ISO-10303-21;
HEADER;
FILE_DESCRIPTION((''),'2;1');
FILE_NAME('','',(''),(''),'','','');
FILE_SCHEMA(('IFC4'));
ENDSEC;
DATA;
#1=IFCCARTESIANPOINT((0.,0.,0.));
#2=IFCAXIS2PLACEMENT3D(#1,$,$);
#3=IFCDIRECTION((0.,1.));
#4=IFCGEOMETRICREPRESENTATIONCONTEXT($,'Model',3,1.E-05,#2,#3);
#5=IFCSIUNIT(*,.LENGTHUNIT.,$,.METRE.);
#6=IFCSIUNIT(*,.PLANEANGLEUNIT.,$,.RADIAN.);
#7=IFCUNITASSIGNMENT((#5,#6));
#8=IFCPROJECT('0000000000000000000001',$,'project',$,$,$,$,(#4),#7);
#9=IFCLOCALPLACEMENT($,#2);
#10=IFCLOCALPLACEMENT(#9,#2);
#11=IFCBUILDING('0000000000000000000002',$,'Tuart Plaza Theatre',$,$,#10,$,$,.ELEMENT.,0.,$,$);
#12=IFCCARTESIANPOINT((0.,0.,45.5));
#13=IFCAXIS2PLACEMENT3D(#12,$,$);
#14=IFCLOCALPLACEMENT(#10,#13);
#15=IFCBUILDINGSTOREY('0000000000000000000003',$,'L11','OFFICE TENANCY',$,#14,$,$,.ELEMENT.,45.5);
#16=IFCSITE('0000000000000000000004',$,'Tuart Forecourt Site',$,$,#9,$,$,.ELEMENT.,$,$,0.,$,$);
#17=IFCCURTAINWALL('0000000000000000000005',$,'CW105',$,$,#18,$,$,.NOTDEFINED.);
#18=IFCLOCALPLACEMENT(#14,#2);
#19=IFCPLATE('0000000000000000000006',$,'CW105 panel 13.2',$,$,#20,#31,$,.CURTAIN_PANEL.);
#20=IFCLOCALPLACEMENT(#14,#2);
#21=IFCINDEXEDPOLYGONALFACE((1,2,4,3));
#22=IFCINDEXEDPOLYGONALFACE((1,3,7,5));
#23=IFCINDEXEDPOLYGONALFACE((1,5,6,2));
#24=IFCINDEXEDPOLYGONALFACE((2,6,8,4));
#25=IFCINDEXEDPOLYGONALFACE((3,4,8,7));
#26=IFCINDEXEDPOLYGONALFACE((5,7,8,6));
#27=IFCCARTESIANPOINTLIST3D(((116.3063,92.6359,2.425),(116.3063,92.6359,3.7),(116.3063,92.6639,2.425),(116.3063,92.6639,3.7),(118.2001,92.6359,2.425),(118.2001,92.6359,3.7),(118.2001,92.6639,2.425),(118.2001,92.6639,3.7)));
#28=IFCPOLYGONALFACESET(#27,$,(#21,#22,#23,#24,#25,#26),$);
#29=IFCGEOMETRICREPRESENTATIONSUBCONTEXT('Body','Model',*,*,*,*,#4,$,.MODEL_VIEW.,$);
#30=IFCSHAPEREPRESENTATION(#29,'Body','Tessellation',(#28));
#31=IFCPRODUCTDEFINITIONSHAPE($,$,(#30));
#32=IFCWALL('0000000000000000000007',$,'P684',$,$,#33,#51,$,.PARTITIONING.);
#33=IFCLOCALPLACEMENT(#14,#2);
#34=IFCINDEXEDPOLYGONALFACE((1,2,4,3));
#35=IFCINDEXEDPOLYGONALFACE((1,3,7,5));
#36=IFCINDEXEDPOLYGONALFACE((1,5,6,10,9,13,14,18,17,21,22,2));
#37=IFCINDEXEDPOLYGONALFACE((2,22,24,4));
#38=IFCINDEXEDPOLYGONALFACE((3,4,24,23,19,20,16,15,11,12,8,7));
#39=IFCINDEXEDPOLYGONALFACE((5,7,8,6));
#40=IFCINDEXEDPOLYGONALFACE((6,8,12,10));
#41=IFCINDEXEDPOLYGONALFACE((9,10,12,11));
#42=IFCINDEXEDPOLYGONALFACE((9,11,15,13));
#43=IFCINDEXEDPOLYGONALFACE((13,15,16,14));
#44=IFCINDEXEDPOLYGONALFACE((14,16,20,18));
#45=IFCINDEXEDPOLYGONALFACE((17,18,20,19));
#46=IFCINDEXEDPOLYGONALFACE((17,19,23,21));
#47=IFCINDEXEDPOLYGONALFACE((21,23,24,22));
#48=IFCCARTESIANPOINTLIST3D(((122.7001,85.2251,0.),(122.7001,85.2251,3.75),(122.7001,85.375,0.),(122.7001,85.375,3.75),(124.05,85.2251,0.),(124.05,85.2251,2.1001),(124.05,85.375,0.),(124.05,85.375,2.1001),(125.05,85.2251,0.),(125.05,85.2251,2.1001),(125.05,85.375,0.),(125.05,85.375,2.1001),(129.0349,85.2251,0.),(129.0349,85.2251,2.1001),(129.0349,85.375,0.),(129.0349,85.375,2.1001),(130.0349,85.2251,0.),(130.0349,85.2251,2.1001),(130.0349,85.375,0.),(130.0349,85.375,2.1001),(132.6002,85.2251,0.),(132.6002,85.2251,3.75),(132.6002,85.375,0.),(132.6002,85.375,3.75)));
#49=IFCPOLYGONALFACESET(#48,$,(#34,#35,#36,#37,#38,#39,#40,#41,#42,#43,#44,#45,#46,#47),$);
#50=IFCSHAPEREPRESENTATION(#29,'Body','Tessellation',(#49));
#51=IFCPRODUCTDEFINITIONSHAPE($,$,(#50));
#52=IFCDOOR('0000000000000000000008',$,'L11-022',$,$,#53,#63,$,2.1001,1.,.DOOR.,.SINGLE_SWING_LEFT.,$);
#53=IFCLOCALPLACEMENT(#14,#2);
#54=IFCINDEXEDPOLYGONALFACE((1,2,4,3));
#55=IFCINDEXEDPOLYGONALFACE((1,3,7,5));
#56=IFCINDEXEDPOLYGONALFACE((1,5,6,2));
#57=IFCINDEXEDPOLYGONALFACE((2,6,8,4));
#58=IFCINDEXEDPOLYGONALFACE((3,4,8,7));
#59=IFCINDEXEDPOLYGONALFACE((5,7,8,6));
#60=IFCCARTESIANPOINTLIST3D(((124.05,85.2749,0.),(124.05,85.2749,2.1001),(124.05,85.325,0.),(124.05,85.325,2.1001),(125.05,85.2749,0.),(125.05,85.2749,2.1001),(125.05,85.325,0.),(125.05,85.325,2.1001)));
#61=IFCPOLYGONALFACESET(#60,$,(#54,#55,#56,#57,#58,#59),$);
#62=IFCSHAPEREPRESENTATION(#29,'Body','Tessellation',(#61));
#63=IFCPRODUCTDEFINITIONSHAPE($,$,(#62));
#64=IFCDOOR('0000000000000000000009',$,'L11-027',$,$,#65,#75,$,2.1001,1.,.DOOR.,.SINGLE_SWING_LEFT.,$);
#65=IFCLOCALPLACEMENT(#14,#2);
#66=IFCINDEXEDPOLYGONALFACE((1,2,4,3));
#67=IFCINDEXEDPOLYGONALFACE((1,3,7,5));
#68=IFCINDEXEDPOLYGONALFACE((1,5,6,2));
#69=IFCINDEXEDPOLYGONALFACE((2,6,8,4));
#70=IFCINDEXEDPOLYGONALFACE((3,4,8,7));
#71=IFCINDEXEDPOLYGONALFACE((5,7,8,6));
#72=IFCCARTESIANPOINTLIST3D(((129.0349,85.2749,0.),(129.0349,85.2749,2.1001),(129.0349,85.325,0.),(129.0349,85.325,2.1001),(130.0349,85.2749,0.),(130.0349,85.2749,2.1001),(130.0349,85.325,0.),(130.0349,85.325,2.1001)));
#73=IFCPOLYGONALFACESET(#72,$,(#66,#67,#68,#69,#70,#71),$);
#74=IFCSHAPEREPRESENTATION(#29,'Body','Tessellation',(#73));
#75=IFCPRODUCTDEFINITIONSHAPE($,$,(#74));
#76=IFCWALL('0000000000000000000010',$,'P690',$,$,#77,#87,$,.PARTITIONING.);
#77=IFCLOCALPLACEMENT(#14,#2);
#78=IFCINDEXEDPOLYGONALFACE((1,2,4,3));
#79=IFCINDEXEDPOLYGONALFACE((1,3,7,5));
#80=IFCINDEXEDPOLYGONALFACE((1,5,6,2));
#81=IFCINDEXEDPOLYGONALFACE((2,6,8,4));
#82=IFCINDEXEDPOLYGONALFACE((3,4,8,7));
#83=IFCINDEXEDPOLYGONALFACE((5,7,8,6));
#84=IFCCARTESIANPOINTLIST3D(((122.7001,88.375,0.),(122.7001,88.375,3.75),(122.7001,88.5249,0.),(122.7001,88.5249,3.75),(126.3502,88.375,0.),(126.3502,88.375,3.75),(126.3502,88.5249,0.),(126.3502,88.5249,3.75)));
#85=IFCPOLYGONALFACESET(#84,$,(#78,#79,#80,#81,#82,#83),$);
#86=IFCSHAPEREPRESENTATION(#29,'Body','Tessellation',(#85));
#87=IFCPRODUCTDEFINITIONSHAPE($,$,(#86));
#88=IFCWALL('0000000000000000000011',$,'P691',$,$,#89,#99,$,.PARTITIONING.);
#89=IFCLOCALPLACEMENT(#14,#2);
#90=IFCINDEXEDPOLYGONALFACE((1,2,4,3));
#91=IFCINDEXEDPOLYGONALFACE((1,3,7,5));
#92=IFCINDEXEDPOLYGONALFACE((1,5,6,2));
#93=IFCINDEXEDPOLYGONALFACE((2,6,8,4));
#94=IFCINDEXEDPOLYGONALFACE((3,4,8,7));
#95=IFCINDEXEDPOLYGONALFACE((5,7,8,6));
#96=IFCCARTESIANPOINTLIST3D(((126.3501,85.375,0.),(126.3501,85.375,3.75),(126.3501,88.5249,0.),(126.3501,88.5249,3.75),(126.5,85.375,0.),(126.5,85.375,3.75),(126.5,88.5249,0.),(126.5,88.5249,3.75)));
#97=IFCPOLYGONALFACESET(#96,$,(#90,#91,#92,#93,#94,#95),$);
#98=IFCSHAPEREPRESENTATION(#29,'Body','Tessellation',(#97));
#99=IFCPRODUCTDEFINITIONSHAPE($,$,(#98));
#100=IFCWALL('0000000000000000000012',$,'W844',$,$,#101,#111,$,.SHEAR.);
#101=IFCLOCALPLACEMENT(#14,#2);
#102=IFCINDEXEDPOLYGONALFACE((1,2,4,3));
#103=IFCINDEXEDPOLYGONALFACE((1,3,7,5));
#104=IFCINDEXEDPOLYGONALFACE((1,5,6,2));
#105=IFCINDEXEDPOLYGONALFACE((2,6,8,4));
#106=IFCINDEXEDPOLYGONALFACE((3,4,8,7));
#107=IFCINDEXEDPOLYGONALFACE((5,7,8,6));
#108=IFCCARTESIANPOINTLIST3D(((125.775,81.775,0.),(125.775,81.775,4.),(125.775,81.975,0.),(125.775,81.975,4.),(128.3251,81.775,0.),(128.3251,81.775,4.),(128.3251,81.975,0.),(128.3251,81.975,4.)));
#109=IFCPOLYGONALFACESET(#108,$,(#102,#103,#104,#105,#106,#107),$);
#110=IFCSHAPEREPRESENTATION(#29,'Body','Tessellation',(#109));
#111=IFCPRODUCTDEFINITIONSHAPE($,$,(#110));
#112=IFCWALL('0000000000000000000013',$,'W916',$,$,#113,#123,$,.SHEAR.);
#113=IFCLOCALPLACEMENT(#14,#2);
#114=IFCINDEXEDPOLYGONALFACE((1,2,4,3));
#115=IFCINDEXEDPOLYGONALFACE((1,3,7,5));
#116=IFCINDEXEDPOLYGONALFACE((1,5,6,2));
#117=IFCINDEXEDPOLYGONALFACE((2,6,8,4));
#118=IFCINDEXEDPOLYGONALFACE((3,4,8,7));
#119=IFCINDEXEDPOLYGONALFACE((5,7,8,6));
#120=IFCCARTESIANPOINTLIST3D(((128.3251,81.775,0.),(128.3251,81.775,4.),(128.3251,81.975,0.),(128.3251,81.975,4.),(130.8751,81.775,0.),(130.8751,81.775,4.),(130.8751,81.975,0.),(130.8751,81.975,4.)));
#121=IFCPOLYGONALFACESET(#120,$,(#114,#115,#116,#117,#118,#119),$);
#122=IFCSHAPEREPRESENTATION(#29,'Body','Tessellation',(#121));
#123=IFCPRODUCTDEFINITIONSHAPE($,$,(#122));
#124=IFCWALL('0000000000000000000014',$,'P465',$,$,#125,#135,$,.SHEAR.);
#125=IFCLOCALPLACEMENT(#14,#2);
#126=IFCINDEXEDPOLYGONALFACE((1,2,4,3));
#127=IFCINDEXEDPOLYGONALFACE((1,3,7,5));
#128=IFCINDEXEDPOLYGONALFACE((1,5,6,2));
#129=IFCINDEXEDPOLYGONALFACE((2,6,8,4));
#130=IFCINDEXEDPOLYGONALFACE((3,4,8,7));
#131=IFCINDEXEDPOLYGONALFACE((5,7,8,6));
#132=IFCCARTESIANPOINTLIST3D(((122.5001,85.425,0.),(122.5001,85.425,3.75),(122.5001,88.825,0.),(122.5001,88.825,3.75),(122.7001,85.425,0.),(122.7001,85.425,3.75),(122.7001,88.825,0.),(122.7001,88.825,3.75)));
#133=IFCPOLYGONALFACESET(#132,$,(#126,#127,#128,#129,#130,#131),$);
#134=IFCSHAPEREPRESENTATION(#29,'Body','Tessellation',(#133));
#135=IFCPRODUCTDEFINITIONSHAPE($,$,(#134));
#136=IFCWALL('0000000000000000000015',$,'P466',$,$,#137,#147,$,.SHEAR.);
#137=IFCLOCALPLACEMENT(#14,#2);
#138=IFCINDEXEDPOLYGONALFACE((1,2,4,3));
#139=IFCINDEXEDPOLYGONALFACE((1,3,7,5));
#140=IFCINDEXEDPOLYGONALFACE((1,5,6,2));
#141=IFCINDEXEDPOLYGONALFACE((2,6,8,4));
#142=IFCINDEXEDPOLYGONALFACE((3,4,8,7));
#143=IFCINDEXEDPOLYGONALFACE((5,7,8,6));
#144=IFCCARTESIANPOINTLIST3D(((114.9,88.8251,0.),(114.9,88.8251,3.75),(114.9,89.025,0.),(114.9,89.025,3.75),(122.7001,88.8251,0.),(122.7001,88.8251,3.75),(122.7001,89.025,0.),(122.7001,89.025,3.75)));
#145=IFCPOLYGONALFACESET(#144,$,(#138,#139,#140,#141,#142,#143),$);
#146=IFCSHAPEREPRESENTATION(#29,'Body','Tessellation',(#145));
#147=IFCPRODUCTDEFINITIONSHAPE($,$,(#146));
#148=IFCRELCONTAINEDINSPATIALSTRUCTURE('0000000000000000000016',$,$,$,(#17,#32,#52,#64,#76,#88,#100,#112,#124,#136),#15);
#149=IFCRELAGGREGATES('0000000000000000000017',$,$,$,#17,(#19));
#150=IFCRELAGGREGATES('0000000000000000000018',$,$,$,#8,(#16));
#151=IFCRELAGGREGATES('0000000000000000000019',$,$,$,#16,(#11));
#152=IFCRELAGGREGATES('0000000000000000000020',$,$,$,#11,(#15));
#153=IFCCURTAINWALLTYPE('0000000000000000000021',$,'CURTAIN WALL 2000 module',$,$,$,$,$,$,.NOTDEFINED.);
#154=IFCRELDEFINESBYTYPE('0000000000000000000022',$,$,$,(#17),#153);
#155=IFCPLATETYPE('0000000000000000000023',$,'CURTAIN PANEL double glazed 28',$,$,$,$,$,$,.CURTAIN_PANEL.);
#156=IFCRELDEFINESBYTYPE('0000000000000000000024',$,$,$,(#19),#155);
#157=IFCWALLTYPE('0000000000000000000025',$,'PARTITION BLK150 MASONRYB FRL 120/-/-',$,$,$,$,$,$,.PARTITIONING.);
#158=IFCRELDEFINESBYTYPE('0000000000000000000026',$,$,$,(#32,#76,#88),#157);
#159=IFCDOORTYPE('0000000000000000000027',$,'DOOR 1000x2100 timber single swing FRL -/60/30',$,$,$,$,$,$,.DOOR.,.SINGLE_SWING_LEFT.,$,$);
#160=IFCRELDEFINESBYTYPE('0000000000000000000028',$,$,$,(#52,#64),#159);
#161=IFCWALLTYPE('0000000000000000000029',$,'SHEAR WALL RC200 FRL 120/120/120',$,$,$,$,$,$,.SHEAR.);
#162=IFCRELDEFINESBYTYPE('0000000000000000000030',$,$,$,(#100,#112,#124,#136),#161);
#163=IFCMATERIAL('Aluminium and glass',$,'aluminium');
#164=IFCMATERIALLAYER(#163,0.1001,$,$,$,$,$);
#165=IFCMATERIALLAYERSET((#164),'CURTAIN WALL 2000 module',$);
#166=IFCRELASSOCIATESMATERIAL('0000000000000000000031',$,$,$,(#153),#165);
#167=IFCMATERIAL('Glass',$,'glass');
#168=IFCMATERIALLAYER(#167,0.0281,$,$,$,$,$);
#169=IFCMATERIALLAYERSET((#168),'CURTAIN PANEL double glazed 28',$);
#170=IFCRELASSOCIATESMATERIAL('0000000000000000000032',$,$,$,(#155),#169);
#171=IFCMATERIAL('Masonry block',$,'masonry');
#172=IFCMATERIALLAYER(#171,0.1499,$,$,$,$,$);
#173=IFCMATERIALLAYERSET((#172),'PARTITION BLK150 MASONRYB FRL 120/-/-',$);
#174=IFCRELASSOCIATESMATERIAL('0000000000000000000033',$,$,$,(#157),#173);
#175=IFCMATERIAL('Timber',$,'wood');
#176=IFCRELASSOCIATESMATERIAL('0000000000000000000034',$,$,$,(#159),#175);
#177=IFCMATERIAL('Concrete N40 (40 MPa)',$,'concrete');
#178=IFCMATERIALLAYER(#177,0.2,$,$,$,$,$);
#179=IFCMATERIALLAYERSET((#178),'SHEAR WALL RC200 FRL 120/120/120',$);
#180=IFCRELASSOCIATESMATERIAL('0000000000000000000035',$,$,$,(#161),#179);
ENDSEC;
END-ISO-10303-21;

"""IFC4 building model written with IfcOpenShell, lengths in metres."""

from ifc_helpers import new_model, si_unit, direction, frame, frame_2d, origin, origin_2d, place, context, subcontext, project, spatial, rectangle, extrude, material, layer, layer_set, type_object, element, fill, aggregate, save


model = new_model("IFC4")

# Units and contexts
model_context = context("Model", 3, precision=1e-05, world=origin(), true_north=direction((0.0, 1.0)))
body_context = subcontext(model_context, "Body", "Model", "MODEL_VIEW")
ifc_project = project(units=[si_unit("LENGTHUNIT", "METRE"), si_unit("PLANEANGLEUNIT", "RADIAN")], contexts=[model_context])

# Site, building, storey
site_placement = place(None, origin())
site = spatial("IfcSite", under=ifc_project, at=site_placement, Name="Tuart Forecourt Site", CompositionType="ELEMENT", RefElevation=0.0)
building_placement = place(site_placement, origin())
building = spatial("IfcBuilding", under=site, at=building_placement, Name="Tuart Plaza Theatre", CompositionType="ELEMENT", ElevationOfRefHeight=0.0)
storey_placement = place(building_placement, frame((0.0, 0.0, 45.5)))
storey = spatial("IfcBuildingStorey", under=building, at=storey_placement, Name="L11", Description="OFFICE TENANCY", CompositionType="ELEMENT", Elevation=45.5)

# Curtain wall, plate
ifc_material_1 = material(Name="Aluminium and glass", Category="aluminium")
ifc_layer_1 = layer(ifc_material_1, 0.1001)
ifc_layer_set_1 = layer_set([ifc_layer_1], Name="CURTAIN WALL 2000 module")
curtain_wall_type = type_object("IfcCurtainWallType", Name="CURTAIN WALL 2000 module", PredefinedType="NOTDEFINED", material=ifc_layer_set_1)
curtain_wall_placement = place(storey_placement, origin())
curtain_wall = element("IfcCurtainWall", 1, at=curtain_wall_placement, inside=storey, type_object=curtain_wall_type, Name="CW105", PredefinedType="NOTDEFINED")
ifc_material_2 = material(Name="Glass", Category="glass")
ifc_layer_2 = layer(ifc_material_2, 0.0281)
ifc_layer_set_2 = layer_set([ifc_layer_2], Name="CURTAIN PANEL double glazed 28")
plate_type = type_object("IfcPlateType", Name="CURTAIN PANEL double glazed 28", PredefinedType="CURTAIN_PANEL", material=ifc_layer_set_2)
plate_placement = place(storey_placement, frame((117.2532, 92.6499, 2.425), z_axis=(0.0, 0.0, 1.0), x_axis=(-1.0, 0.0, 0.0)))
plate = element("IfcPlate", 2, at=plate_placement, type_object=plate_type, Name="CW105 panel 13.2", PredefinedType="CURTAIN_PANEL", context=body_context, shape_type="SweptSolid", body=[
    extrude(rectangle(XDim=1.8938, YDim=0.0281, at=origin_2d()), origin(), (0.0, 0.0, 1.0), 1.2749),
])
aggregate(curtain_wall, [plate])

# Wall, openings, doors
ifc_material_3 = material(Name="Masonry block", Category="masonry")
ifc_layer_3 = layer(ifc_material_3, 0.1499)
ifc_layer_set_3 = layer_set([ifc_layer_3], Name="PARTITION BLK150 MASONRYB FRL 120/-/-")
wall_type_1 = type_object("IfcWallType", Name="PARTITION BLK150 MASONRYB FRL 120/-/-", PredefinedType="PARTITIONING", material=ifc_layer_set_3)
wall_1_placement = place(storey_placement, frame((122.7, 85.3, 0.0), z_axis=(0.0, 0.0, 1.0), x_axis=(1.0, 0.0, 0.0)))
wall_1 = element("IfcWall", 3, at=wall_1_placement, inside=storey, type_object=wall_type_1, Name="P684", PredefinedType="PARTITIONING", context=body_context, shape_type="SweptSolid", body=[
    extrude(rectangle(XDim=9.9001, YDim=0.1499, at=frame_2d((4.9502, 0.0))), origin(), (0.0, 0.0, 1.0), 3.75),
])
opening_1_placement = place(wall_1_placement, frame((1.3501, 0.0, 0.0)))
opening_1 = element("IfcOpeningElement", 4, at=opening_1_placement, cuts=wall_1, PredefinedType="OPENING", context=body_context, shape_type="SweptSolid", body=[
    extrude(rectangle(XDim=1.0, YDim=2.1001, at=frame_2d((0.5, 1.05))), frame((0.0, 0.085, 0.0), z_axis=(0.0, -1.0, 0.0), x_axis=(1.0, 0.0, 0.0)), (0.0, 0.0, 1.0), 0.1699),
])
opening_2_placement = place(wall_1_placement, frame((6.335, 0.0, 0.0)))
opening_2 = element("IfcOpeningElement", 5, at=opening_2_placement, cuts=wall_1, PredefinedType="OPENING", context=body_context, shape_type="SweptSolid", body=[
    extrude(rectangle(XDim=1.0, YDim=2.1001, at=frame_2d((0.5, 1.05))), frame((0.0, 0.085, 0.0), z_axis=(0.0, -1.0, 0.0), x_axis=(1.0, 0.0, 0.0)), (0.0, 0.0, 1.0), 0.1699),
])
ifc_material_4 = material(Name="Timber", Category="wood")
door_type_1 = type_object("IfcDoorType", Name="DOOR 1000x2100 timber single swing FRL -/60/30", OperationType="SINGLE_SWING_LEFT", PredefinedType="DOOR", material=ifc_material_4)
door_1_placement = place(opening_1_placement, origin())
door_1 = element("IfcDoor", 6, at=door_1_placement, inside=storey, type_object=door_type_1, Name="L11-022", OperationType="SINGLE_SWING_LEFT", OverallHeight=2.1001, OverallWidth=1.0, PredefinedType="DOOR", context=body_context, shape_type="SweptSolid", body=[
    extrude(rectangle(XDim=1.0, YDim=2.1001, at=frame_2d((0.5, 1.05))), frame((0.0, 0.0249, 0.0), z_axis=(0.0, -1.0, 0.0), x_axis=(1.0, 0.0, 0.0)), (0.0, 0.0, 1.0), 0.05),
])
fill(opening_1, door_1)
door_2_placement = place(opening_2_placement, origin())
door_2 = element("IfcDoor", 7, at=door_2_placement, inside=storey, type_object=door_type_1, Name="L11-027", OperationType="SINGLE_SWING_LEFT", OverallHeight=2.1001, OverallWidth=1.0, PredefinedType="DOOR", context=body_context, shape_type="SweptSolid", body=[
    extrude(rectangle(XDim=1.0, YDim=2.1001, at=frame_2d((0.5, 1.05))), frame((0.0, 0.0249, 0.0), z_axis=(0.0, -1.0, 0.0), x_axis=(1.0, 0.0, 0.0)), (0.0, 0.0, 1.0), 0.05),
])
fill(opening_2, door_2)

# Walls
wall_2_placement = place(storey_placement, frame((122.7, 88.45, 0.0), z_axis=(0.0, 0.0, 1.0), x_axis=(1.0, 0.0, 0.0)))
element("IfcWall", 8, at=wall_2_placement, inside=storey, type_object=wall_type_1, Name="P690", PredefinedType="PARTITIONING", context=body_context, shape_type="SweptSolid", body=[
    extrude(rectangle(XDim=3.6501, YDim=0.1499, at=frame_2d((1.8252, 0.0))), origin(), (0.0, 0.0, 1.0), 3.75),
])
wall_3_placement = place(storey_placement, frame((126.425, 85.375, 0.0), z_axis=(0.0, 0.0, 1.0), x_axis=(0.0, 1.0, 0.0)))
element("IfcWall", 9, at=wall_3_placement, inside=storey, type_object=wall_type_1, Name="P691", PredefinedType="PARTITIONING", context=body_context, shape_type="SweptSolid", body=[
    extrude(rectangle(XDim=3.1499, YDim=0.1499, at=frame_2d((1.575, 0.0))), origin(), (0.0, 0.0, 1.0), 3.75),
])
ifc_material_5 = material(Name="Concrete N40 (40 MPa)", Category="concrete")
ifc_layer_4 = layer(ifc_material_5, 0.2)
ifc_layer_set_4 = layer_set([ifc_layer_4], Name="SHEAR WALL RC200 FRL 120/120/120")
wall_type_2 = type_object("IfcWallType", Name="SHEAR WALL RC200 FRL 120/120/120", PredefinedType="SHEAR", material=ifc_layer_set_4)
for number, where, z_axis, x_axis, name in (
    (10, (128.325, 81.875, 0.0), (0.0, 0.0, 1.0), (-1.0, 0.0, 0.0), "W844"),
    (11, (130.875, 81.875, 0.0), (0.0, 0.0, 1.0), (-1.0, 0.0, 0.0), "W916"),
):
    element("IfcWall", number, at=place(storey_placement, frame(where, z_axis=z_axis, x_axis=x_axis)), inside=storey, type_object=wall_type_2, Name=name, PredefinedType="SHEAR", context=body_context, shape_type="SweptSolid", body=[
        extrude(rectangle(XDim=2.55, YDim=0.2, at=frame_2d((1.2749, 0.0))), origin(), (0.0, 0.0, 1.0), 4.0),
    ])
wall_4_placement = place(storey_placement, frame((122.6001, 85.425, 0.0), z_axis=(0.0, 0.0, 1.0), x_axis=(0.0, 1.0, 0.0)))
element("IfcWall", 12, at=wall_4_placement, inside=storey, type_object=wall_type_2, Name="P465", PredefinedType="SHEAR", context=body_context, shape_type="SweptSolid", body=[
    extrude(rectangle(XDim=3.3999, YDim=0.2, at=frame_2d((1.7, 0.0))), origin(), (0.0, 0.0, 1.0), 3.75),
])
wall_5_placement = place(storey_placement, frame((122.7, 88.925, 0.0), z_axis=(0.0, 0.0, 1.0), x_axis=(-1.0, 0.0, 0.0)))
element("IfcWall", 13, at=wall_5_placement, inside=storey, type_object=wall_type_2, Name="P466", PredefinedType="SHEAR", context=body_context, shape_type="SweptSolid", body=[
    extrude(rectangle(XDim=7.8, YDim=0.2, at=frame_2d((3.8999, 0.0))), origin(), (0.0, 0.0, 1.0), 3.75),
])

save(model, "model.ifc")
